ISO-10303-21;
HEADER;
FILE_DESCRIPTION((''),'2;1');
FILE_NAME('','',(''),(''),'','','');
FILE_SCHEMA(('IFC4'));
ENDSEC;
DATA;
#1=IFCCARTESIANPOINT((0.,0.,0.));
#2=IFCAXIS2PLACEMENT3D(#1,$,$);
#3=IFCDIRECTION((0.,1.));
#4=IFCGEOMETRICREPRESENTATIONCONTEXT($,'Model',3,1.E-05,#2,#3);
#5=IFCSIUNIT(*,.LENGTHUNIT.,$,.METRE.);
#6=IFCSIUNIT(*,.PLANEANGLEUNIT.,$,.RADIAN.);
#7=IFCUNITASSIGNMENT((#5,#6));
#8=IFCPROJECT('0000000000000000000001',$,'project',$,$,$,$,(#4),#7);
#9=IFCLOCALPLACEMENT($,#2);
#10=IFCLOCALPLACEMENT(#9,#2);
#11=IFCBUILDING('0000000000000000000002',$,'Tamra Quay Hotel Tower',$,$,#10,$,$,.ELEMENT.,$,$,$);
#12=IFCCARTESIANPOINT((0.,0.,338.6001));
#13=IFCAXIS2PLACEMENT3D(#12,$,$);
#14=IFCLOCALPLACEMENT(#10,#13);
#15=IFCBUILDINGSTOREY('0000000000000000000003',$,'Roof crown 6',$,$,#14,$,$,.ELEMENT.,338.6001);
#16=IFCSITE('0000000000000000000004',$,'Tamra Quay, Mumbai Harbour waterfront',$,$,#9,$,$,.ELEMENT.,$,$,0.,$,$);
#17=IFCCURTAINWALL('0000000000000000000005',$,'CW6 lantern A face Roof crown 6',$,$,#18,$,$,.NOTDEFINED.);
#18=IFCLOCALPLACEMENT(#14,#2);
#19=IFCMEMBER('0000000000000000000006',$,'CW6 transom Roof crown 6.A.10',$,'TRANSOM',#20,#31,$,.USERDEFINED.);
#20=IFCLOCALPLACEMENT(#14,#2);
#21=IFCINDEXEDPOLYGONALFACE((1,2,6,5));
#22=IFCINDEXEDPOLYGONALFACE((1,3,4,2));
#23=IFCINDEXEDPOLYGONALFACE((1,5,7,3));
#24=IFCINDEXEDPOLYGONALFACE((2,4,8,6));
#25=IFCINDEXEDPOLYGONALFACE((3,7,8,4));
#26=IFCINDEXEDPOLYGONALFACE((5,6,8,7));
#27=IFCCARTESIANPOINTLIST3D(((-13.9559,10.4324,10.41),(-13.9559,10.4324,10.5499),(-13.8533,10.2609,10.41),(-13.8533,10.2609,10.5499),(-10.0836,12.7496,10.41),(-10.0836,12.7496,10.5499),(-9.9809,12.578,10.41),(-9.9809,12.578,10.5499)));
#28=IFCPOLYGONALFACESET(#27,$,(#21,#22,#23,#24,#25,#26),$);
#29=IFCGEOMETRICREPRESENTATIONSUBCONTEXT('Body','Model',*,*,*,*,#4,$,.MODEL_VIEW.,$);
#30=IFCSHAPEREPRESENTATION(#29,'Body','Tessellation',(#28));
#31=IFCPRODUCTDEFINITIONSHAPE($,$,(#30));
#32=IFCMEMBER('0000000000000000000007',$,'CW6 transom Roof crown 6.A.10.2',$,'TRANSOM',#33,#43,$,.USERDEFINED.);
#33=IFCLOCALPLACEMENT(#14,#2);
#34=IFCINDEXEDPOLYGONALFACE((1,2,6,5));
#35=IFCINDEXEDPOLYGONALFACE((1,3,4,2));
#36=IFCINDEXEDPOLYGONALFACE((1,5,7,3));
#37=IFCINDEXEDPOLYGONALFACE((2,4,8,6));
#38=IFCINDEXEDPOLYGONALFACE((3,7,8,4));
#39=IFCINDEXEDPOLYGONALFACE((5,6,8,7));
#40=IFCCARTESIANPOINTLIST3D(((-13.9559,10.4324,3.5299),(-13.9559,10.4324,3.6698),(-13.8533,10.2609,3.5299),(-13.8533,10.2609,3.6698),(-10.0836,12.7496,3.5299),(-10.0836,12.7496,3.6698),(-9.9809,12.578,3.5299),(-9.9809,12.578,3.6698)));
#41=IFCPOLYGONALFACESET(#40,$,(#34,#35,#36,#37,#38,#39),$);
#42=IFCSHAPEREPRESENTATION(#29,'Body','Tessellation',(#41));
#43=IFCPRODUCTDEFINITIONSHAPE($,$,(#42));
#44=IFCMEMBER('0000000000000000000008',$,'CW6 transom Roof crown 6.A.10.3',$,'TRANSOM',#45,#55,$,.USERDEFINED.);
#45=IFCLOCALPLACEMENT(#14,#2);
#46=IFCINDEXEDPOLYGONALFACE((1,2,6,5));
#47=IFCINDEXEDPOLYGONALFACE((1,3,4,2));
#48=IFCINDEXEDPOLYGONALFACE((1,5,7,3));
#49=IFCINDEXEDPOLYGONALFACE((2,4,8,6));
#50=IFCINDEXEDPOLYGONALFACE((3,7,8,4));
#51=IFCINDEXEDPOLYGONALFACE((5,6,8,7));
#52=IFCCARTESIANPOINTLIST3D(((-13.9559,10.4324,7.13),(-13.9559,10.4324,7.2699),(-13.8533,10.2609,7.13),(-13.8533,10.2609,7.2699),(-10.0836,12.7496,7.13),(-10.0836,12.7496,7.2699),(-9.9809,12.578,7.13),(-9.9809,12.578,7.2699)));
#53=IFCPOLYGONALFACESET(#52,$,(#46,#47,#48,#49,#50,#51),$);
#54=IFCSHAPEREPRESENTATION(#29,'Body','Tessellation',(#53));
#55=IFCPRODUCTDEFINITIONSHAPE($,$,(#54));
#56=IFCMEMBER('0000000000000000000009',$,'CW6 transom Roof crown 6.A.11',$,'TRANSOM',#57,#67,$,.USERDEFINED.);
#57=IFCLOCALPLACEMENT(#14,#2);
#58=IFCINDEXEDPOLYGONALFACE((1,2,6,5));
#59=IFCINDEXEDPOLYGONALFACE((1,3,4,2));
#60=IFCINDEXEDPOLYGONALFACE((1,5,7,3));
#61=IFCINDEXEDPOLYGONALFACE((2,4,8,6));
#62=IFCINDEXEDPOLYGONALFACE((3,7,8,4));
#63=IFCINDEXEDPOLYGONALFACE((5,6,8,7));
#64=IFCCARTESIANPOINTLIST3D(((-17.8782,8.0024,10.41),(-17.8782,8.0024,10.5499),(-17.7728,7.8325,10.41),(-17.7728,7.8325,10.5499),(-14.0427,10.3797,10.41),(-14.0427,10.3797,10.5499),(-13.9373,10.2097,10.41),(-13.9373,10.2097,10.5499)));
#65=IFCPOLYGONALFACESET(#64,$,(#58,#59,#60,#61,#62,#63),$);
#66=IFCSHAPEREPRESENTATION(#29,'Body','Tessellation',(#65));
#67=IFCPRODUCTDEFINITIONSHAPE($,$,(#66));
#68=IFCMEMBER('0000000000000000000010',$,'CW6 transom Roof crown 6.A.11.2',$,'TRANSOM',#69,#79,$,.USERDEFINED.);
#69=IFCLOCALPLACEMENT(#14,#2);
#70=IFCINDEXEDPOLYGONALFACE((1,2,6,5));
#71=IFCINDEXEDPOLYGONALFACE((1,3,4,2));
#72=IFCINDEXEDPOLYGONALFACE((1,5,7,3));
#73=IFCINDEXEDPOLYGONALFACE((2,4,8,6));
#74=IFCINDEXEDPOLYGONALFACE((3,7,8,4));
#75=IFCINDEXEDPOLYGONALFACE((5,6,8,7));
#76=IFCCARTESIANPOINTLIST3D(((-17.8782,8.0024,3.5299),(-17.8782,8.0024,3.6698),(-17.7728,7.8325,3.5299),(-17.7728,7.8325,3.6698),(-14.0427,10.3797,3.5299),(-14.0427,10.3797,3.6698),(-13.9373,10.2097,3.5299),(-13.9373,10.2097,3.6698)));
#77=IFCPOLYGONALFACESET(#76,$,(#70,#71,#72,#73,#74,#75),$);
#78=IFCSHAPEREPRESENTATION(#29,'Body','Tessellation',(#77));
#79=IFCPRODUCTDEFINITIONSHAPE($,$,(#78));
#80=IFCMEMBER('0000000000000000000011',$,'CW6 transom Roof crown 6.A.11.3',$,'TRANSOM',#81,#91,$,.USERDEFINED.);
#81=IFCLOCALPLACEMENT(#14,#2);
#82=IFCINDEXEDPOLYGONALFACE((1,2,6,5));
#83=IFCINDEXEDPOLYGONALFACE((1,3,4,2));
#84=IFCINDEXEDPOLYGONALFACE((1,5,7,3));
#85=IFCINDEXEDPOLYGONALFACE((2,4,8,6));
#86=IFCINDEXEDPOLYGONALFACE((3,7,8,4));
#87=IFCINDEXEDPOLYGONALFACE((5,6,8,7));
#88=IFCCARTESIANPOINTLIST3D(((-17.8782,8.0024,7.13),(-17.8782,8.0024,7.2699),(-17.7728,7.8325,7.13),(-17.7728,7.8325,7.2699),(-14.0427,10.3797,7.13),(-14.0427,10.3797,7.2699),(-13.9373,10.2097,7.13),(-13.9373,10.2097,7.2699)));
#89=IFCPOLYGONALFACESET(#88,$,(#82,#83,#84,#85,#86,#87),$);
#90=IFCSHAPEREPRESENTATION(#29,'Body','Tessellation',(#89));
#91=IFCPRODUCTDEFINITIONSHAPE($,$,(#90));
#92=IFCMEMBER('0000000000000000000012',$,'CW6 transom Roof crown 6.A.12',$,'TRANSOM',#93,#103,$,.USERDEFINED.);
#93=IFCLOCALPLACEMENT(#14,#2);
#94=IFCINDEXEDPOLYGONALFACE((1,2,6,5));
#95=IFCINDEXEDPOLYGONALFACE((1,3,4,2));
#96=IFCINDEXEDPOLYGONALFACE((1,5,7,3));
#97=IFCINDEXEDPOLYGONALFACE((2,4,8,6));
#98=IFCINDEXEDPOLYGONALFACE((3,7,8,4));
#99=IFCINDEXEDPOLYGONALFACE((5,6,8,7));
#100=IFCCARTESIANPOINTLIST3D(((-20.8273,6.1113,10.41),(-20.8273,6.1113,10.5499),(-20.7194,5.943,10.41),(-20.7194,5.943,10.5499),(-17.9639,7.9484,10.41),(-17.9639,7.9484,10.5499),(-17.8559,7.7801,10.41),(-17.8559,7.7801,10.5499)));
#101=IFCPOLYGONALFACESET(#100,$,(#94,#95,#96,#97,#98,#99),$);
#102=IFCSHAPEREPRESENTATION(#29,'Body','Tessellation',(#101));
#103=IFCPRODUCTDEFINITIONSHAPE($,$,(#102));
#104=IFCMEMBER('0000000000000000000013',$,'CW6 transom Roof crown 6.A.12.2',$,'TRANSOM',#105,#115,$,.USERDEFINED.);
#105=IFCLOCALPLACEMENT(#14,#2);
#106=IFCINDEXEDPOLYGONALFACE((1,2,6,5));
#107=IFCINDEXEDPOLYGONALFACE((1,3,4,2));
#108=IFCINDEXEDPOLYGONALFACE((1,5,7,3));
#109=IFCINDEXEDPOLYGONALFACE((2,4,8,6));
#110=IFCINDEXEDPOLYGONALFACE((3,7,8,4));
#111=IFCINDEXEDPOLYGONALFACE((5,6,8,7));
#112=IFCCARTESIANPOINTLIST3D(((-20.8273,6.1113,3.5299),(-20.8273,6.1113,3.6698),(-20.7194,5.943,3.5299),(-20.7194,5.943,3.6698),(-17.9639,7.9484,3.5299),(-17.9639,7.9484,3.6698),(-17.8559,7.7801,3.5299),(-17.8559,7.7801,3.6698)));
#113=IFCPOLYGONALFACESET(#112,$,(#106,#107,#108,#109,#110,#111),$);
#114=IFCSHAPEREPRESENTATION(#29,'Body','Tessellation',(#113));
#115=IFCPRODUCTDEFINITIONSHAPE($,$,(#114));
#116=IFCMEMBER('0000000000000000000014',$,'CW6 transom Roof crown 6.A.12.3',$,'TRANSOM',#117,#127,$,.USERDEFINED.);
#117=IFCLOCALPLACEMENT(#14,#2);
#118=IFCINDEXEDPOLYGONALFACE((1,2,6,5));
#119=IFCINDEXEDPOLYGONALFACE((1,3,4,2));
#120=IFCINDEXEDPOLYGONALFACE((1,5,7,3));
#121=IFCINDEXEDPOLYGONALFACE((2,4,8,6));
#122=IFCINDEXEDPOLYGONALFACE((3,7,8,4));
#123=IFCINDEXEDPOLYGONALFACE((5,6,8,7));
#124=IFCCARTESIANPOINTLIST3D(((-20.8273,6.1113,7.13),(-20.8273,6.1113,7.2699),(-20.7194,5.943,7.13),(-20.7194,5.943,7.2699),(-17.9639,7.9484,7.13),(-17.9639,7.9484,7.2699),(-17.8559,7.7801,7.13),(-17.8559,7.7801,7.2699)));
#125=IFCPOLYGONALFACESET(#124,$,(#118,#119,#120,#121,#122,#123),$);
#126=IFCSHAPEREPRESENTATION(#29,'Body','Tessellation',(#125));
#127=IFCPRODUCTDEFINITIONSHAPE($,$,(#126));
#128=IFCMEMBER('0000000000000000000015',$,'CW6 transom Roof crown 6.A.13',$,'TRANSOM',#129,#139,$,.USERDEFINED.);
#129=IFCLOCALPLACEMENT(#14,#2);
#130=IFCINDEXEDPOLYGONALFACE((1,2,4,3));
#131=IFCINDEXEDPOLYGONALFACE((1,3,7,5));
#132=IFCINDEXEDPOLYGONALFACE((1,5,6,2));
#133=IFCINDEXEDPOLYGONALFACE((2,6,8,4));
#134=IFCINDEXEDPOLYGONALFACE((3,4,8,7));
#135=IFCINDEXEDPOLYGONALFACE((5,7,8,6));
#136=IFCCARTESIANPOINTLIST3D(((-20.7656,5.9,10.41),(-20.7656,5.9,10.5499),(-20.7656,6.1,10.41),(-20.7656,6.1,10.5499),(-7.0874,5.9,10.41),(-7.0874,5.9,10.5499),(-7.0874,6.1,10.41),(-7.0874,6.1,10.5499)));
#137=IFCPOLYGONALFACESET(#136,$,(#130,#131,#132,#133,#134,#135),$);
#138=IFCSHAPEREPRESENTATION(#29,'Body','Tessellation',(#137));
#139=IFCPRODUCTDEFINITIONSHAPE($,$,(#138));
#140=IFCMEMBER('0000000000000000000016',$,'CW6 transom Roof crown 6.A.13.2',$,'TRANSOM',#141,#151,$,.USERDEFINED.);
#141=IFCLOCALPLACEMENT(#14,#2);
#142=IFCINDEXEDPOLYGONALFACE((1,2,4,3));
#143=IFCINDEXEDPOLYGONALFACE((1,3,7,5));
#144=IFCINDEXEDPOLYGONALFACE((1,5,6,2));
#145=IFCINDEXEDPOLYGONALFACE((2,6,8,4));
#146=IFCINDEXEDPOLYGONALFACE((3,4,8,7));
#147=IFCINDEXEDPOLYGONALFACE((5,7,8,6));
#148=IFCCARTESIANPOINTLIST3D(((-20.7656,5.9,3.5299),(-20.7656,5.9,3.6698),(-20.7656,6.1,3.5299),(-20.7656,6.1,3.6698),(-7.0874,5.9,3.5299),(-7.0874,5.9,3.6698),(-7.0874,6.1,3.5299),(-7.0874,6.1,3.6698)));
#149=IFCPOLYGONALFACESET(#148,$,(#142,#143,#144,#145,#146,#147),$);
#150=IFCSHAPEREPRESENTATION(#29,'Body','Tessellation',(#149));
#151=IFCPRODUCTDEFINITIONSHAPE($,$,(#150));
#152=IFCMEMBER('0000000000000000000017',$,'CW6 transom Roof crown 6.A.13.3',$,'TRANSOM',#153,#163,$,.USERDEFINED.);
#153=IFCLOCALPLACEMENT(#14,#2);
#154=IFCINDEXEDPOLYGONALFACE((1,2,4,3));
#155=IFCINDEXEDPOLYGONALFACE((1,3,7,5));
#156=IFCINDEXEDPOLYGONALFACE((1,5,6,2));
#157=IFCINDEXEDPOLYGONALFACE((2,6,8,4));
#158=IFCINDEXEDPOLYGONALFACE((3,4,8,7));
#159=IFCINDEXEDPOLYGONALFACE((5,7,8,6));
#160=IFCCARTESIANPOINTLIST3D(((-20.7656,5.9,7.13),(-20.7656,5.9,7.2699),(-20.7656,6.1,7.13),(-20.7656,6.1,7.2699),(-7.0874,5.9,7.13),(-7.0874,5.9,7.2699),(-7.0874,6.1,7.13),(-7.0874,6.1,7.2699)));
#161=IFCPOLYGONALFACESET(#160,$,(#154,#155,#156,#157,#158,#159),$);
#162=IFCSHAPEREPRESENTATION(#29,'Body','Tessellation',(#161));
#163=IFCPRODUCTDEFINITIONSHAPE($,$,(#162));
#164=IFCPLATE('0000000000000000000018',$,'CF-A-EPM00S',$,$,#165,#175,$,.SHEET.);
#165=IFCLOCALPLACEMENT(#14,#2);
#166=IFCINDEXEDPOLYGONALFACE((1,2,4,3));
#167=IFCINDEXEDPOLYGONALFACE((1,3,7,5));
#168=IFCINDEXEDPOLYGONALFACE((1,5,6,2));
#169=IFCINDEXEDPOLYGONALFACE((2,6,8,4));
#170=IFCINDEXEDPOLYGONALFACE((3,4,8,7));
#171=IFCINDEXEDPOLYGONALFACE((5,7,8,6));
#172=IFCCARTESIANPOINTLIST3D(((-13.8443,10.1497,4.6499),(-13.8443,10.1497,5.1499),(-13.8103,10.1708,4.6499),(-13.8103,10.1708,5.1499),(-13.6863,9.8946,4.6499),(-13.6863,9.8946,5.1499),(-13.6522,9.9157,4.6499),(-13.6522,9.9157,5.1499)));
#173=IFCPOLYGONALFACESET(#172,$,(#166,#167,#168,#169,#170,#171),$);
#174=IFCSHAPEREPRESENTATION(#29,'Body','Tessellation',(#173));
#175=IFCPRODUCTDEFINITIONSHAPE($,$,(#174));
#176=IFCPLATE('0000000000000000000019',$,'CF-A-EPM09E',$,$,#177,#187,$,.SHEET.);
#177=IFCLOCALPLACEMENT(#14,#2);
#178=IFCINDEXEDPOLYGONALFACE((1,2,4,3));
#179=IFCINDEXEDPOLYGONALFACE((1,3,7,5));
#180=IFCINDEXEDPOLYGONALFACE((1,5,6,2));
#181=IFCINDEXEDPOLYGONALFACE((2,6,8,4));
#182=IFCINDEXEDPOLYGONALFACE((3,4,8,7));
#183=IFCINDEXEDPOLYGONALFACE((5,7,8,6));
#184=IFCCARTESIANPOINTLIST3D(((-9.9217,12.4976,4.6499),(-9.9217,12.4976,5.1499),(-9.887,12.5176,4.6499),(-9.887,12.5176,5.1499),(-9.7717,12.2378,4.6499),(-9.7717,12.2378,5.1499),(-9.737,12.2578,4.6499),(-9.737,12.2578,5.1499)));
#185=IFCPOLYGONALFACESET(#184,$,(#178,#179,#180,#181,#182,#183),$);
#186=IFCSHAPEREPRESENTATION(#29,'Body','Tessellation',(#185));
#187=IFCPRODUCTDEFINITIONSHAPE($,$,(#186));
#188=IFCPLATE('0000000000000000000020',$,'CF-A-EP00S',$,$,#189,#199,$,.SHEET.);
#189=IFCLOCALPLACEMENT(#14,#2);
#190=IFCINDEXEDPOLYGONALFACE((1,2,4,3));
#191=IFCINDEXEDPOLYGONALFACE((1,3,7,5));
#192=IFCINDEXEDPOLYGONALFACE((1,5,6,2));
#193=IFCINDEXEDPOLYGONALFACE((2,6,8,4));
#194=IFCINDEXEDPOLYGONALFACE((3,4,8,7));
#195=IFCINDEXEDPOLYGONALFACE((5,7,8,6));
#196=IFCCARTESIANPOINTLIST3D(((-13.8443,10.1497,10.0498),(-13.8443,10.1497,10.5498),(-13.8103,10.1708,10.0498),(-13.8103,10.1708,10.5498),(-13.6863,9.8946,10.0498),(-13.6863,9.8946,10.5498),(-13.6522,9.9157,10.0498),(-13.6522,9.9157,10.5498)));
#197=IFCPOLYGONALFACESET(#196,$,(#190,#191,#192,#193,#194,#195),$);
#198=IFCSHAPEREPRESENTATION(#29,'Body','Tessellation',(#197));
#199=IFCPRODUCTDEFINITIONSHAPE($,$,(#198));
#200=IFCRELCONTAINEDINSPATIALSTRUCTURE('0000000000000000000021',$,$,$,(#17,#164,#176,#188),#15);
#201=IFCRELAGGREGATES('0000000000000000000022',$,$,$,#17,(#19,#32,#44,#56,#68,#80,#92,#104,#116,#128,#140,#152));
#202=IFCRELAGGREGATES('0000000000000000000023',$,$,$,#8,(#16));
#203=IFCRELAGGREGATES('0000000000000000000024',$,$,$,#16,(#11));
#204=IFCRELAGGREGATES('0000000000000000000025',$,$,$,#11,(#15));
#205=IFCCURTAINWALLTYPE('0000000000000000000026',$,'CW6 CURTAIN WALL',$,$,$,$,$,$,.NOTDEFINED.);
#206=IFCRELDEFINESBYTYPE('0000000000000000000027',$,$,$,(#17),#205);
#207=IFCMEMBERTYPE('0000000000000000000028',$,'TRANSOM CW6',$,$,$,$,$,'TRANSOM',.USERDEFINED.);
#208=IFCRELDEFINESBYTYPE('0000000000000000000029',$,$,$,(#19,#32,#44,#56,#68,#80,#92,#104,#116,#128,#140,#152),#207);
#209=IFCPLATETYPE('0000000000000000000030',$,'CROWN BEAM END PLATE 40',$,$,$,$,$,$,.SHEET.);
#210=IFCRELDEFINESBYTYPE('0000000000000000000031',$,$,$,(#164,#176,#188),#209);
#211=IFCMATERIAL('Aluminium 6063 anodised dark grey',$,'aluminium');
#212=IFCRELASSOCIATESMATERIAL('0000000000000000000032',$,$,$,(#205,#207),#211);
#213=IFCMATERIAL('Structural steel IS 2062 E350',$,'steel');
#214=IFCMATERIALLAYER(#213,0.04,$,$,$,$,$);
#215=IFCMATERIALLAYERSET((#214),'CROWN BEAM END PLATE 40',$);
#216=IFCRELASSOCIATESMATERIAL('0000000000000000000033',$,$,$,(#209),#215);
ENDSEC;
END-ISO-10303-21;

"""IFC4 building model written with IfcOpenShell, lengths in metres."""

from ifc_helpers import new_model, si_unit, direction, frame, origin, origin_2d, place, context, subcontext, project, spatial, rectangle, extrude, material, layer, layer_set, material_profile, profile_set, type_object, element, aggregate, save


model = new_model("IFC4")

# Units and contexts
model_context = context("Model", 3, precision=1e-05, world=origin(), true_north=direction((0.0, 1.0)))
body_context = subcontext(model_context, "Body", "Model", "MODEL_VIEW")
ifc_project = project(units=[si_unit("LENGTHUNIT", "METRE"), si_unit("PLANEANGLEUNIT", "RADIAN")], contexts=[model_context])

# Site, building, storey
site_placement = place(None, origin())
site = spatial("IfcSite", under=ifc_project, at=site_placement, Name="Tamra Quay, Mumbai Harbour waterfront", CompositionType="ELEMENT", RefElevation=0.0)
building_placement = place(site_placement, origin())
building = spatial("IfcBuilding", under=site, at=building_placement, Name="Tamra Quay Hotel Tower", CompositionType="ELEMENT")
storey_placement = place(building_placement, frame((0.0, 0.0, 338.6001)))
storey = spatial("IfcBuildingStorey", under=building, at=storey_placement, Name="Roof crown 6", CompositionType="ELEMENT", Elevation=338.6001)

# Shared definitions
ifc_material_1 = material(Name="Structural steel IS 2062 E350", Category="steel")

# Curtain wall, members
ifc_material_2 = material(Name="Aluminium 6063 anodised dark grey", Category="aluminium")
curtain_wall_type = type_object("IfcCurtainWallType", Name="CW6 CURTAIN WALL", PredefinedType="NOTDEFINED", material=ifc_material_2)
curtain_wall_placement = place(storey_placement, origin())
curtain_wall = element("IfcCurtainWall", 1, at=curtain_wall_placement, inside=storey, type_object=curtain_wall_type, Name="CW6 lantern A face Roof crown 6", PredefinedType="NOTDEFINED")
ifc_material_profile_1 = material_profile(ifc_material_2, rectangle(XDim=0.2, YDim=0.1399, at=origin_2d()), Name="TRANSOM 200X140")
ifc_profile_set_1 = profile_set([ifc_material_profile_1], Name="Aluminium 6063 anodised dark grey")
member_type_1 = type_object("IfcMemberType", Name="TRANSOM CW6", ElementType="TRANSOM", PredefinedType="USERDEFINED", material=ifc_profile_set_1)
member_1_placement = place(storey_placement, frame((-10.0322, 12.6638, 10.48), z_axis=(-0.858103, -0.513477, 0.0), x_axis=(0.513477, -0.858103, 0.0)))
member_1 = element("IfcMember", 2, at=member_1_placement, type_object=member_type_1, Name="CW6 transom Roof crown 6.A.10", ObjectType="TRANSOM", PredefinedType="USERDEFINED", context=body_context, shape_type="SweptSolid", body=[
    extrude(rectangle(XDim=0.2, YDim=0.1399, at=origin_2d()), origin(), (0.0, 0.0, 1.0), 4.5127),
])
member_2_placement = place(storey_placement, frame((-10.0322, 12.6638, 3.5999), z_axis=(-0.858103, -0.513477, 0.0), x_axis=(0.513477, -0.858103, 0.0)))
member_2 = element("IfcMember", 3, at=member_2_placement, type_object=member_type_1, Name="CW6 transom Roof crown 6.A.10.2", ObjectType="TRANSOM", PredefinedType="USERDEFINED", context=body_context, shape_type="SweptSolid", body=[
    extrude(rectangle(XDim=0.2, YDim=0.1399, at=origin_2d()), origin(), (0.0, 0.0, 1.0), 4.5127),
])
member_3_placement = place(storey_placement, frame((-10.0322, 12.6638, 7.2), z_axis=(-0.858103, -0.513477, 0.0), x_axis=(0.513477, -0.858103, 0.0)))
member_3 = element("IfcMember", 4, at=member_3_placement, type_object=member_type_1, Name="CW6 transom Roof crown 6.A.10.3", ObjectType="TRANSOM", PredefinedType="USERDEFINED", context=body_context, shape_type="SweptSolid", body=[
    extrude(rectangle(XDim=0.2, YDim=0.1399, at=origin_2d()), origin(), (0.0, 0.0, 1.0), 4.5127),
])
member_4_placement = place(storey_placement, frame((-13.99, 10.2947, 10.48), z_axis=(-0.84998, -0.526815, 0.0), x_axis=(0.526815, -0.84998, 0.0)))
member_4 = element("IfcMember", 5, at=member_4_placement, type_object=member_type_1, Name="CW6 transom Roof crown 6.A.11", ObjectType="TRANSOM", PredefinedType="USERDEFINED", context=body_context, shape_type="SweptSolid", body=[
    extrude(rectangle(XDim=0.2, YDim=0.1399, at=origin_2d()), origin(), (0.0, 0.0, 1.0), 4.5125),
])
member_5_placement = place(storey_placement, frame((-13.99, 10.2947, 3.5999), z_axis=(-0.84998, -0.526815, 0.0), x_axis=(0.526815, -0.84998, 0.0)))
member_5 = element("IfcMember", 6, at=member_5_placement, type_object=member_type_1, Name="CW6 transom Roof crown 6.A.11.2", ObjectType="TRANSOM", PredefinedType="USERDEFINED", context=body_context, shape_type="SweptSolid", body=[
    extrude(rectangle(XDim=0.2, YDim=0.1399, at=origin_2d()), origin(), (0.0, 0.0, 1.0), 4.5125),
])
member_6_placement = place(storey_placement, frame((-13.99, 10.2947, 7.2), z_axis=(-0.84998, -0.526815, 0.0), x_axis=(0.526815, -0.84998, 0.0)))
member_6 = element("IfcMember", 7, at=member_6_placement, type_object=member_type_1, Name="CW6 transom Roof crown 6.A.11.3", ObjectType="TRANSOM", PredefinedType="USERDEFINED", context=body_context, shape_type="SweptSolid", body=[
    extrude(rectangle(XDim=0.2, YDim=0.1399, at=origin_2d()), origin(), (0.0, 0.0, 1.0), 4.5125),
])
member_7_placement = place(storey_placement, frame((-17.9099, 7.8643, 10.48), z_axis=(-0.84167, -0.539992, 0.0), x_axis=(0.539992, -0.84167, 0.0)))
member_7 = element("IfcMember", 8, at=member_7_placement, type_object=member_type_1, Name="CW6 transom Roof crown 6.A.12", ObjectType="TRANSOM", PredefinedType="USERDEFINED", context=body_context, shape_type="SweptSolid", body=[
    extrude(rectangle(XDim=0.2, YDim=0.1399, at=origin_2d()), origin(), (0.0, 0.0, 1.0), 3.4021),
])
member_8_placement = place(storey_placement, frame((-17.9099, 7.8643, 3.5999), z_axis=(-0.84167, -0.539992, 0.0), x_axis=(0.539992, -0.84167, 0.0)))
member_8 = element("IfcMember", 9, at=member_8_placement, type_object=member_type_1, Name="CW6 transom Roof crown 6.A.12.2", ObjectType="TRANSOM", PredefinedType="USERDEFINED", context=body_context, shape_type="SweptSolid", body=[
    extrude(rectangle(XDim=0.2, YDim=0.1399, at=origin_2d()), origin(), (0.0, 0.0, 1.0), 3.4021),
])
member_9_placement = place(storey_placement, frame((-17.9099, 7.8643, 7.2), z_axis=(-0.84167, -0.539992, 0.0), x_axis=(0.539992, -0.84167, 0.0)))
member_9 = element("IfcMember", 10, at=member_9_placement, type_object=member_type_1, Name="CW6 transom Roof crown 6.A.12.3", ObjectType="TRANSOM", PredefinedType="USERDEFINED", context=body_context, shape_type="SweptSolid", body=[
    extrude(rectangle(XDim=0.2, YDim=0.1399, at=origin_2d()), origin(), (0.0, 0.0, 1.0), 3.4021),
])
member_10_placement = place(storey_placement, frame((-20.7656, 6.0, 10.48), z_axis=(1.0, 0.0, 0.0), x_axis=(0.0, 1.0, 0.0)))
member_10 = element("IfcMember", 11, at=member_10_placement, type_object=member_type_1, Name="CW6 transom Roof crown 6.A.13", ObjectType="TRANSOM", PredefinedType="USERDEFINED", context=body_context, shape_type="SweptSolid", body=[
    extrude(rectangle(XDim=0.2, YDim=0.1399, at=origin_2d()), origin(), (0.0, 0.0, 1.0), 13.6782),
])
member_11_placement = place(storey_placement, frame((-20.7656, 6.0, 3.5999), z_axis=(1.0, 0.0, 0.0), x_axis=(0.0, 1.0, 0.0)))
member_11 = element("IfcMember", 12, at=member_11_placement, type_object=member_type_1, Name="CW6 transom Roof crown 6.A.13.2", ObjectType="TRANSOM", PredefinedType="USERDEFINED", context=body_context, shape_type="SweptSolid", body=[
    extrude(rectangle(XDim=0.2, YDim=0.1399, at=origin_2d()), origin(), (0.0, 0.0, 1.0), 13.6782),
])
member_12_placement = place(storey_placement, frame((-20.7656, 6.0, 7.2), z_axis=(1.0, 0.0, 0.0), x_axis=(0.0, 1.0, 0.0)))
member_12 = element("IfcMember", 13, at=member_12_placement, type_object=member_type_1, Name="CW6 transom Roof crown 6.A.13.3", ObjectType="TRANSOM", PredefinedType="USERDEFINED", context=body_context, shape_type="SweptSolid", body=[
    extrude(rectangle(XDim=0.2, YDim=0.1399, at=origin_2d()), origin(), (0.0, 0.0, 1.0), 13.6782),
])

# Plates
ifc_layer_1 = layer(ifc_material_1, 0.04)
ifc_layer_set_1 = layer_set([ifc_layer_1], Name="CROWN BEAM END PLATE 40")
plate_type_1 = type_object("IfcPlateType", Name="CROWN BEAM END PLATE 40", PredefinedType="SHEET", material=ifc_layer_set_1)
for number, where, z_axis, x_axis, name in (
    (14, (-13.7483, 10.0327, 4.6499), (0.0, 0.0, 1.0), (-0.849985, -0.526807, 0.0), "CF-A-EPM00S"),
    (15, (-9.8293, 12.3777, 4.6499), (0.0, 0.0, 1.0), (-0.866026, -0.499998, 0.0), "CF-A-EPM09E"),
    (16, (-13.7483, 10.0327, 10.0498), (0.0, 0.0, 1.0), (-0.849985, -0.526807, 0.0), "CF-A-EP00S"),
):
    element("IfcPlate", number, at=place(storey_placement, frame(where, z_axis=z_axis, x_axis=x_axis)), inside=storey, type_object=plate_type_1, Name=name, PredefinedType="SHEET", context=body_context, shape_type="SweptSolid", body=[
        extrude(rectangle(XDim=0.04, YDim=0.3, at=origin_2d()), origin(), (0.0, 0.0, 1.0), 0.5),
    ])

aggregate(curtain_wall, [member_1, member_2, member_3, member_4, member_5, member_6, member_7, member_8, member_9, member_10, member_11, member_12])

save(model, "model.ifc")
